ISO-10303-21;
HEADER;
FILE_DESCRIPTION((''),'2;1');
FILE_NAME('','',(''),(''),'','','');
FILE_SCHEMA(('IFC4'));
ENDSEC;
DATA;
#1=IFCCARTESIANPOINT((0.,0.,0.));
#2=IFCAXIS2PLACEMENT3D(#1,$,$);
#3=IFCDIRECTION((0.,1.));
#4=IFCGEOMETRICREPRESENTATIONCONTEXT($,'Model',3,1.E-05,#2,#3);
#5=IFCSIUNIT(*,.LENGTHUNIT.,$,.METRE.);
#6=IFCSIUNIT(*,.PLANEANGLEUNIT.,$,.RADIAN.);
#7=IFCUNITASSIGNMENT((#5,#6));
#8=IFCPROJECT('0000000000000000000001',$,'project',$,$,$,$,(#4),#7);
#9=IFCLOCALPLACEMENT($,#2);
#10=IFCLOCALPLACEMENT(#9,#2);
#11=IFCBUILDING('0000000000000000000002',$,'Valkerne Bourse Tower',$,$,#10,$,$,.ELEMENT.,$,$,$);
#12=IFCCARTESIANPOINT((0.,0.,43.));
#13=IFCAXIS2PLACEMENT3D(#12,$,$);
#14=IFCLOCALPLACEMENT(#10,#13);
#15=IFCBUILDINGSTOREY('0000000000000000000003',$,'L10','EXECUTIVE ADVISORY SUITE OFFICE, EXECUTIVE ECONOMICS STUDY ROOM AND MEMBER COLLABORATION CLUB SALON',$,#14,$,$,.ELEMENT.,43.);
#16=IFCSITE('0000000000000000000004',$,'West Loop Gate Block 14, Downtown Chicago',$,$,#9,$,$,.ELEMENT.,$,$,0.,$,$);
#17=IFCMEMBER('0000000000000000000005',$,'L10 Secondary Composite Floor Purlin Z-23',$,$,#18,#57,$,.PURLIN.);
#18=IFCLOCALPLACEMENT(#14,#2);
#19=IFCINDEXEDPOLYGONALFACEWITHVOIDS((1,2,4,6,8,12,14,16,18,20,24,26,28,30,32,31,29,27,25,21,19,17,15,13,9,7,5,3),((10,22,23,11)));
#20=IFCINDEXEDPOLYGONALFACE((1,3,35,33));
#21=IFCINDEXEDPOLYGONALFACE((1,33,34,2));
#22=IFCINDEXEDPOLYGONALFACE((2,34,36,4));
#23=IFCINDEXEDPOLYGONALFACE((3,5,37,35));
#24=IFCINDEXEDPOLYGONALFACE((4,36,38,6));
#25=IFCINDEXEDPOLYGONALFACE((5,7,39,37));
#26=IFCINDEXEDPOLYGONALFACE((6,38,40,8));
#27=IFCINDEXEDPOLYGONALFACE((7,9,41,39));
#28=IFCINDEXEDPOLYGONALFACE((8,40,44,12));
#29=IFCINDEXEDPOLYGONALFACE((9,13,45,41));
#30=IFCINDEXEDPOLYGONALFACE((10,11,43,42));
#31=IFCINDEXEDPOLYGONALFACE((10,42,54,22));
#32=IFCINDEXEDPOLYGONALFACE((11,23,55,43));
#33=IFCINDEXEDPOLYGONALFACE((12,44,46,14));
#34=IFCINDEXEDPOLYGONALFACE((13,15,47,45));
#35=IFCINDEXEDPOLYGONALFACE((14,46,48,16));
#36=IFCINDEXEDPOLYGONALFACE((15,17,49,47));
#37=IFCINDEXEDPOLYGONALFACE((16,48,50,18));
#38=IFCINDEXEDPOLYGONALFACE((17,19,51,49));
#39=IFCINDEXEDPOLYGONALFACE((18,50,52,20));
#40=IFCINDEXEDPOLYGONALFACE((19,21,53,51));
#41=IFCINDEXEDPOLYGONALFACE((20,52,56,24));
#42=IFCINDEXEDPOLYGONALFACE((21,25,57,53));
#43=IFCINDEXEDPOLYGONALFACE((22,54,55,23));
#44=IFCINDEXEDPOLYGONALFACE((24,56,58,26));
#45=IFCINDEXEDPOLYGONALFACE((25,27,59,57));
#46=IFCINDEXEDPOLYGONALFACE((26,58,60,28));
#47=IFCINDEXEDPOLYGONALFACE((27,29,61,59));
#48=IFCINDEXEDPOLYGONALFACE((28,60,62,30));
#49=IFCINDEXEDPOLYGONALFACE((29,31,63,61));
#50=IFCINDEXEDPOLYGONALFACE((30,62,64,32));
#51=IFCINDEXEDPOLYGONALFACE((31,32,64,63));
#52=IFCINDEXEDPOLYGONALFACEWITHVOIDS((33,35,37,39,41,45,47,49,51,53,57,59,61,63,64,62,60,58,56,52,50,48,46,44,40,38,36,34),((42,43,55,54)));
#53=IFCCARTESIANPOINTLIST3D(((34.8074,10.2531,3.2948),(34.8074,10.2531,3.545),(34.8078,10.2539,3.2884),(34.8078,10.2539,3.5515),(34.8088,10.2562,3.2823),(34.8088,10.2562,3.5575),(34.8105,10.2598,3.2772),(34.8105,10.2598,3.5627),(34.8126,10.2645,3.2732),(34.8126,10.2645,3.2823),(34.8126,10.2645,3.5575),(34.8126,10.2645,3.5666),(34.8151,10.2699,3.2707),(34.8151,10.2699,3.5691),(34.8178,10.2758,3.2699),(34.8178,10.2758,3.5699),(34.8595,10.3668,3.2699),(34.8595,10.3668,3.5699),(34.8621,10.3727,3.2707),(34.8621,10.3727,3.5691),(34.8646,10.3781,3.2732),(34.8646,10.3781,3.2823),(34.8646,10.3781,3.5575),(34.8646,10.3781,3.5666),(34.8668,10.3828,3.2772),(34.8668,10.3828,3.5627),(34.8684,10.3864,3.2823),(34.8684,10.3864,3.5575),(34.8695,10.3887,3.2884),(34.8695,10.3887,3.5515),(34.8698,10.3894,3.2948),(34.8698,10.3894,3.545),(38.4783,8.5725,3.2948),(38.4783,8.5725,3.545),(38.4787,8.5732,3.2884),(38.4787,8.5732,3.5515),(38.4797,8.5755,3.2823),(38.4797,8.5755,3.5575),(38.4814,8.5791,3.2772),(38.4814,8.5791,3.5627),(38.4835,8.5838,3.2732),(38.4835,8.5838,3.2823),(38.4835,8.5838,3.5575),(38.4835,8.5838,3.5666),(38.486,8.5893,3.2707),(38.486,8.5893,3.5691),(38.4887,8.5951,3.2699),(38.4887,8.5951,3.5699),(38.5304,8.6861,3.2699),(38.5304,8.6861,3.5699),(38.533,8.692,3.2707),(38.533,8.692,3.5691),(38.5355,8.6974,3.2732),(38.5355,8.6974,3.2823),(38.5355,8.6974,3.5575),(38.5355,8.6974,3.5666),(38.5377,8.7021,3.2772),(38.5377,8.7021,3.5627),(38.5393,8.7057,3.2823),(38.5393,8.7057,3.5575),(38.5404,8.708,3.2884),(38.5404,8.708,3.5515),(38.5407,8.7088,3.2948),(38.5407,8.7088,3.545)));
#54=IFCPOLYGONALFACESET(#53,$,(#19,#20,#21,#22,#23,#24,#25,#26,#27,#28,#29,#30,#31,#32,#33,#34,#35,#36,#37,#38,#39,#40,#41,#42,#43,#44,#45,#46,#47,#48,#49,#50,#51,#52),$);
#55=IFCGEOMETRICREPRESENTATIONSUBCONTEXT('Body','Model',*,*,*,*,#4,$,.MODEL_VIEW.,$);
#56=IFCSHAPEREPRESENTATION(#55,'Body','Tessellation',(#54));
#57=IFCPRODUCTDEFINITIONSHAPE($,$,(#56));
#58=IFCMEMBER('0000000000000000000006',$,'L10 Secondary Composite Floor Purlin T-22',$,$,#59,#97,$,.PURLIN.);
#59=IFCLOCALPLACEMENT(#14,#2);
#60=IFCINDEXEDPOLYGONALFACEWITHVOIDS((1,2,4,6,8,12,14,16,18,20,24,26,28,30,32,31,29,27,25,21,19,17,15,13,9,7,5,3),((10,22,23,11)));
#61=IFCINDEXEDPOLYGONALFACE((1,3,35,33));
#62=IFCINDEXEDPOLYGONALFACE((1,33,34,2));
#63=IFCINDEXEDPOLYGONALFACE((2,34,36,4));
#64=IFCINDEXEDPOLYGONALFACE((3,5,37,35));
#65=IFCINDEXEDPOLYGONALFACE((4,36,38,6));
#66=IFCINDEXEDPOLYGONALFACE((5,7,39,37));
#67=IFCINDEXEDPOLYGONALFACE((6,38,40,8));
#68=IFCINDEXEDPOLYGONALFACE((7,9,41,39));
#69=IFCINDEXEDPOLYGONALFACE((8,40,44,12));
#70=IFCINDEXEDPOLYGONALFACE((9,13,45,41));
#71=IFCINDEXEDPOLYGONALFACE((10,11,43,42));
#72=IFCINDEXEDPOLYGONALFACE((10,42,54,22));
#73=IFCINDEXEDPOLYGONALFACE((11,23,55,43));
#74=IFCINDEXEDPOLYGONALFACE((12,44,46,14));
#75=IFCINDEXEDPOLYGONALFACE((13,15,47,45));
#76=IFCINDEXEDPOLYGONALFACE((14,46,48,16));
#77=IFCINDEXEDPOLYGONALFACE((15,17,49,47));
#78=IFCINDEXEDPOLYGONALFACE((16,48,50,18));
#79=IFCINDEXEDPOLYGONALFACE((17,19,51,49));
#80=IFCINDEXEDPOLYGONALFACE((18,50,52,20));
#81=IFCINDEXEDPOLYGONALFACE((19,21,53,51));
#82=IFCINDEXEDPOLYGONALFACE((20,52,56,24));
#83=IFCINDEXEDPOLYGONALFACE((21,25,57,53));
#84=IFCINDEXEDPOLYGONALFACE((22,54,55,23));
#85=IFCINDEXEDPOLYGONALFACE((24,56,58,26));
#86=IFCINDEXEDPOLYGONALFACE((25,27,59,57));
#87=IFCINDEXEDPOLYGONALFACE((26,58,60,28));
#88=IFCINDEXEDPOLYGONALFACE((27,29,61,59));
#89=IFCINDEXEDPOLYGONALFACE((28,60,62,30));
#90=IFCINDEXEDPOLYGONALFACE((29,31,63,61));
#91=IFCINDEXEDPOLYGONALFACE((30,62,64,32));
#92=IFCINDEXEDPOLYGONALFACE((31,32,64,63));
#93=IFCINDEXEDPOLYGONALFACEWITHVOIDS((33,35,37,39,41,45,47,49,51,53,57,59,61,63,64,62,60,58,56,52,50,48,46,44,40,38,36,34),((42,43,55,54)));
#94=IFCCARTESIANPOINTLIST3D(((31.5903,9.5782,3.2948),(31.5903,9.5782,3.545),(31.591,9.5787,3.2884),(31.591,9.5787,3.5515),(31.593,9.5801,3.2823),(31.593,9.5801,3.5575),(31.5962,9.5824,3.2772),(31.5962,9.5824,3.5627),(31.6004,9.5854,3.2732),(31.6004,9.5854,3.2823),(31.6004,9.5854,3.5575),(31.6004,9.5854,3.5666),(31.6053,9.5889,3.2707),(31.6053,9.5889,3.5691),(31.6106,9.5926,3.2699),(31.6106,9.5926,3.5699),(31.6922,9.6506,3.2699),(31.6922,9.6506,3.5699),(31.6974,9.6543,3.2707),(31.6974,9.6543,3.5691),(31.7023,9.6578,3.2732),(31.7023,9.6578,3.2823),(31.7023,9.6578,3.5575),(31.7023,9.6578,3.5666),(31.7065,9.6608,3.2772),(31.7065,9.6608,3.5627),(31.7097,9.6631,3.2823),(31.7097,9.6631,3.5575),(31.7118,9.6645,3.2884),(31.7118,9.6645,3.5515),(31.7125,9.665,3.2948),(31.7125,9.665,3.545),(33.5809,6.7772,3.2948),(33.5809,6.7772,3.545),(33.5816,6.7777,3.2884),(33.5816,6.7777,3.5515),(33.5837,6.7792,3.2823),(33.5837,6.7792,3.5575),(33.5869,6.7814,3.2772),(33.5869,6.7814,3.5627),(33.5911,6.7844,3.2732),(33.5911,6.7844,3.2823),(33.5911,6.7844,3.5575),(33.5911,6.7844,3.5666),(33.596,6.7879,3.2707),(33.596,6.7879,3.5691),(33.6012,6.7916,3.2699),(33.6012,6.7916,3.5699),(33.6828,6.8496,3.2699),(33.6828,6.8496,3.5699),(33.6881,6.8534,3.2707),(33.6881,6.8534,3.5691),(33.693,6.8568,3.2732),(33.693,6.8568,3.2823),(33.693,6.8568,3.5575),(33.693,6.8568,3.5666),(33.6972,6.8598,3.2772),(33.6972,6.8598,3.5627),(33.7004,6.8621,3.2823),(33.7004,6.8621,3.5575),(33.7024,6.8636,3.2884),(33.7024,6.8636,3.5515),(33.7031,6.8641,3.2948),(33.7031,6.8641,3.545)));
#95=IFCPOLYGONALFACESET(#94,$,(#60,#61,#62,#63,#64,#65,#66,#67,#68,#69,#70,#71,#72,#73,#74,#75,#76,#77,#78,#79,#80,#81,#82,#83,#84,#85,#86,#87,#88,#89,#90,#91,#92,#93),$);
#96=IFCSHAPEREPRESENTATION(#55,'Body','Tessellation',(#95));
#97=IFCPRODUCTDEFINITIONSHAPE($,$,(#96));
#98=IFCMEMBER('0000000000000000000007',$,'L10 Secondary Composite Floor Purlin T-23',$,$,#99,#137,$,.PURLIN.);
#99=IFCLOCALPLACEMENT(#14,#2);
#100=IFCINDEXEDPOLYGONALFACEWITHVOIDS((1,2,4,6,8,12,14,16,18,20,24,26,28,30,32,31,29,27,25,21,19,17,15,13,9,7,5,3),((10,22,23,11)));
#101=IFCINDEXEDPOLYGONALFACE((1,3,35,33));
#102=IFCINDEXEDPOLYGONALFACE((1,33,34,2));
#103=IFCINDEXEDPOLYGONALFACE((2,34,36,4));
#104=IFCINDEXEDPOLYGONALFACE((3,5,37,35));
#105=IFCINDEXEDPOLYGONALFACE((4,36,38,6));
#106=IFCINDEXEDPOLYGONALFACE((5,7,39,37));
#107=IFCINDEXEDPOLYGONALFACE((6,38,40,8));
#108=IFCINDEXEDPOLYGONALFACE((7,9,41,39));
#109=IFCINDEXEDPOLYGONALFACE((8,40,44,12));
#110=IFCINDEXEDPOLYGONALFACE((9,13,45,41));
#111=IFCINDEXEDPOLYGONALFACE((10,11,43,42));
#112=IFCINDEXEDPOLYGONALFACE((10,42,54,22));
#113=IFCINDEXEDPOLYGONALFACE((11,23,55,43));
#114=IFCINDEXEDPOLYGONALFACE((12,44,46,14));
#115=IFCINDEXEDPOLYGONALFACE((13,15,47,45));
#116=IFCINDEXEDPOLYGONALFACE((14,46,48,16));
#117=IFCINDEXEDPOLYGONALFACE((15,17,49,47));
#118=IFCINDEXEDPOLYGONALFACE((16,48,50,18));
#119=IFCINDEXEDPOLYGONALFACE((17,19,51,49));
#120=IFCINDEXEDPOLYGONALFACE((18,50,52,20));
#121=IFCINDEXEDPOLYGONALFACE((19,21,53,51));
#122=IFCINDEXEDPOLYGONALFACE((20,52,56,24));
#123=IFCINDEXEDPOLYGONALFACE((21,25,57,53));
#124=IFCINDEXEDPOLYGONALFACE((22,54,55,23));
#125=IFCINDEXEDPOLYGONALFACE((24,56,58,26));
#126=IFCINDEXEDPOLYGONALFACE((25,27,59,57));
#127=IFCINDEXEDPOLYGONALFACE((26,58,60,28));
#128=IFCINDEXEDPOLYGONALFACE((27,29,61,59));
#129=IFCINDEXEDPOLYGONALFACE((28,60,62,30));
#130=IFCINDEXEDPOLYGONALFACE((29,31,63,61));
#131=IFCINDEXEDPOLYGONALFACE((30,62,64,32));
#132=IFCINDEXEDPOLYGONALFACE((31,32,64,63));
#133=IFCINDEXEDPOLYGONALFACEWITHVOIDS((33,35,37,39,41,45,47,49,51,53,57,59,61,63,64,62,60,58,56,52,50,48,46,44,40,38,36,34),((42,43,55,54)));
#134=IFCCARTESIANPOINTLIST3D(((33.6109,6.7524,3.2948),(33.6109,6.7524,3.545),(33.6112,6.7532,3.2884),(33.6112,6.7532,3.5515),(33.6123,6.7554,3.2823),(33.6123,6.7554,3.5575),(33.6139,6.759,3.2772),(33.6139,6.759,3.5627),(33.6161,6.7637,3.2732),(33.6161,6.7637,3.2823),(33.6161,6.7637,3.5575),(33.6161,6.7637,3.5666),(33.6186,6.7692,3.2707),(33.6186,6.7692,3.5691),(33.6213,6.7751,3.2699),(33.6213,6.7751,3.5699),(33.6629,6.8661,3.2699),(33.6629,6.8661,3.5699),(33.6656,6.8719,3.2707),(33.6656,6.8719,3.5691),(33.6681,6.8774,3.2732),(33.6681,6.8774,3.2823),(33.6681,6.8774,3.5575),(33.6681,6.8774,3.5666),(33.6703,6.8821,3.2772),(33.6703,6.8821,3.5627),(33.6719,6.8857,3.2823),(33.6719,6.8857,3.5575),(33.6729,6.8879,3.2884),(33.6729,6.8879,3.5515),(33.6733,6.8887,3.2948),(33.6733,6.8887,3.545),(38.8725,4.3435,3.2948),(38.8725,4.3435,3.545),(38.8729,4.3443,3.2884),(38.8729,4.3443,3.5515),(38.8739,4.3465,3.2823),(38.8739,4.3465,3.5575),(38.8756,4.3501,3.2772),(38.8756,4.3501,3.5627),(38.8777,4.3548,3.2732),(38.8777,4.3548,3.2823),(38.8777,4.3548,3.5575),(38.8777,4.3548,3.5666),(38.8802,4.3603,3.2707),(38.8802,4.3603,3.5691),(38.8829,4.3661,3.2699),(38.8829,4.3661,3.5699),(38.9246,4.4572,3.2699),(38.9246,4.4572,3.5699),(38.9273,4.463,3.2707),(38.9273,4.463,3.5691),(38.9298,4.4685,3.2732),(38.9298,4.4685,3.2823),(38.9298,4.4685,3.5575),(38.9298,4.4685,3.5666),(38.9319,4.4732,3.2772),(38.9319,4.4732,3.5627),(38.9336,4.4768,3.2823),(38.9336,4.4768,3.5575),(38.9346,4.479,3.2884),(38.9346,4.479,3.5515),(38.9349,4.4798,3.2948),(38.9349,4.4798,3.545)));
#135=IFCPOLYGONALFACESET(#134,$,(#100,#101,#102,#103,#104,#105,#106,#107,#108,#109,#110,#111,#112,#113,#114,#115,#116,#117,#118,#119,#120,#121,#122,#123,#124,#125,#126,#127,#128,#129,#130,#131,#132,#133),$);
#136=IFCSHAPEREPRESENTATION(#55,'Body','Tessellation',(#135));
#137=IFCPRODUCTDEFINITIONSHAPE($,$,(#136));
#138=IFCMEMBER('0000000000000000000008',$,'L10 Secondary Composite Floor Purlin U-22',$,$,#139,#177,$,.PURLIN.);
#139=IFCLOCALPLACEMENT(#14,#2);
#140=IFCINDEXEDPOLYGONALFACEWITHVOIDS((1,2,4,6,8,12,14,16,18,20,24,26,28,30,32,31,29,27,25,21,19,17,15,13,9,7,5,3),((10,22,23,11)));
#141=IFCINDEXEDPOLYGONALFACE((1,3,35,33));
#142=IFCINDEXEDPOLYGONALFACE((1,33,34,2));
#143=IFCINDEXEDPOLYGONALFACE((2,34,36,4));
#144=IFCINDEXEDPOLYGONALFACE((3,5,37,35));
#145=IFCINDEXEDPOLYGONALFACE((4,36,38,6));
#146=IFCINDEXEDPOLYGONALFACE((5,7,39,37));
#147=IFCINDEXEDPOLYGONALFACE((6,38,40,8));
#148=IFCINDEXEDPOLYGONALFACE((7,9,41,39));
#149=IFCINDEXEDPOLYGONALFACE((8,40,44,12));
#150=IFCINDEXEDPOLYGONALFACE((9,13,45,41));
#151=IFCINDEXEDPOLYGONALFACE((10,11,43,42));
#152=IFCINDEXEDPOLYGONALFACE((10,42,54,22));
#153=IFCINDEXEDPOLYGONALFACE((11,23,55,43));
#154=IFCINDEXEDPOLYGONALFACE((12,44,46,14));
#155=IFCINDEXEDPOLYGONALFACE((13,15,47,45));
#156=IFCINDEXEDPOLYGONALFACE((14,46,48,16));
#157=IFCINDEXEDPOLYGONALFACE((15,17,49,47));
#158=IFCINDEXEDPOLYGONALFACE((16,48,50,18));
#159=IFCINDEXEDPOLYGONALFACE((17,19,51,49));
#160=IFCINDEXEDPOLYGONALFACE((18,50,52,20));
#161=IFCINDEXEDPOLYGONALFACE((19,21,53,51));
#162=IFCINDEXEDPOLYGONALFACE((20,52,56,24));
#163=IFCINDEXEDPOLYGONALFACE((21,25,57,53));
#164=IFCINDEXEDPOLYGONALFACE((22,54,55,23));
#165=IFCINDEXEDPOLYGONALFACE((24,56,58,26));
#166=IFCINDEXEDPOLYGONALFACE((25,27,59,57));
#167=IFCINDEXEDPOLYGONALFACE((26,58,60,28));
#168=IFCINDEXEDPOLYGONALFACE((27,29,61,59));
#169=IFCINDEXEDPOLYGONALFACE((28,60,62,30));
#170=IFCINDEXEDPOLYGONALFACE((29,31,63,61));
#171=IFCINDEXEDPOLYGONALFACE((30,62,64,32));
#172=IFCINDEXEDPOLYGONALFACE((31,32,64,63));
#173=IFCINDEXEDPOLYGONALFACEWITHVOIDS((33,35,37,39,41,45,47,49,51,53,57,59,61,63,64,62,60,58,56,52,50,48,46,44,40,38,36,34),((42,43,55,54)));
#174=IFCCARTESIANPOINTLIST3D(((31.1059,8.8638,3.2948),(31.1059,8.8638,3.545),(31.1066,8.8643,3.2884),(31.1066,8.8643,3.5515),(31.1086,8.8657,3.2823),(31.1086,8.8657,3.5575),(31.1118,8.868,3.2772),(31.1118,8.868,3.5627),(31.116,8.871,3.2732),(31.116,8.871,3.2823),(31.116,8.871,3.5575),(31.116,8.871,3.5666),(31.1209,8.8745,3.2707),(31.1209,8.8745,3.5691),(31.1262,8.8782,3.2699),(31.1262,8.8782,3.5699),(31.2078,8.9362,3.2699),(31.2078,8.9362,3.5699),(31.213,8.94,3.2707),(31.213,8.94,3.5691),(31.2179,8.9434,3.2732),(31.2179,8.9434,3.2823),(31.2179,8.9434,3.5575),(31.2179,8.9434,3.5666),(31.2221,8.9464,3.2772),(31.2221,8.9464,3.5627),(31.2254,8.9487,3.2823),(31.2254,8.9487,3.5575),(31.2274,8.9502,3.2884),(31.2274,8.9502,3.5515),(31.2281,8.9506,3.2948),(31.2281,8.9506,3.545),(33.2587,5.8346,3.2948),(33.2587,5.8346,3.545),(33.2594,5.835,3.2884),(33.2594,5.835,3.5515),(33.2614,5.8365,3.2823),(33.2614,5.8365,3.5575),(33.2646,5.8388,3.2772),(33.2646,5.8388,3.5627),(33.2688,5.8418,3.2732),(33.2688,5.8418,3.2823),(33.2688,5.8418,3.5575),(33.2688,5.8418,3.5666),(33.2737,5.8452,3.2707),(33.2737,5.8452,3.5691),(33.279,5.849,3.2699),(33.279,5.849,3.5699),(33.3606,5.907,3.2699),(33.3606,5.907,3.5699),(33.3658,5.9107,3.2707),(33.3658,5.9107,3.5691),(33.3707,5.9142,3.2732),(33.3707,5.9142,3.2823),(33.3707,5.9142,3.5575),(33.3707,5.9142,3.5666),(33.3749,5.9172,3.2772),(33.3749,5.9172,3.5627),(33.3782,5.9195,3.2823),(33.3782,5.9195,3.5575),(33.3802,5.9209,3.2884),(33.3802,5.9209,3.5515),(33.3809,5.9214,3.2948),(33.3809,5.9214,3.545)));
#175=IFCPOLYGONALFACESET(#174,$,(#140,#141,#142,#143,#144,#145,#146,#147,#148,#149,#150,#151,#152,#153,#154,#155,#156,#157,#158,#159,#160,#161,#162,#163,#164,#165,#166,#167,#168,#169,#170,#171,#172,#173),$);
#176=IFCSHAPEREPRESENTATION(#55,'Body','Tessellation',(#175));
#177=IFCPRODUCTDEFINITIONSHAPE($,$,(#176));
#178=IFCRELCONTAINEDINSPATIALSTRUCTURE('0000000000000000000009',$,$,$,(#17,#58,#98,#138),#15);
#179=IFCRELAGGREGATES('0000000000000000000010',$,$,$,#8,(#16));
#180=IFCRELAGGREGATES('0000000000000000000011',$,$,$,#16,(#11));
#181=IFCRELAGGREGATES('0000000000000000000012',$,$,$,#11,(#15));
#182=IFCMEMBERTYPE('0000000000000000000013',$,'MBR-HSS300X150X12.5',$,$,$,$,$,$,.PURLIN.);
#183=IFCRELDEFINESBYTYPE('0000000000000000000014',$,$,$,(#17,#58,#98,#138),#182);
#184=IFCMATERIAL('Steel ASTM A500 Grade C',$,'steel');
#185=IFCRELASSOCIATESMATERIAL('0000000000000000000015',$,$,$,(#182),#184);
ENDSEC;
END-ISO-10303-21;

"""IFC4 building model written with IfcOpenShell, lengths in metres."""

from ifc_helpers import new_model, si_unit, direction, frame, origin, origin_2d, place, context, subcontext, project, spatial, hollow_rectangle, extrude, material, material_profile, profile_set, type_object, element, save


model = new_model("IFC4")

# Units and contexts
model_context = context("Model", 3, precision=1e-05, world=origin(), true_north=direction((0.0, 1.0)))
body_context = subcontext(model_context, "Body", "Model", "MODEL_VIEW")
ifc_project = project(units=[si_unit("LENGTHUNIT", "METRE"), si_unit("PLANEANGLEUNIT", "RADIAN")], contexts=[model_context])

# Site, building, storey
site_placement = place(None, origin())
site = spatial("IfcSite", under=ifc_project, at=site_placement, Name="West Loop Gate Block 14, Downtown Chicago", CompositionType="ELEMENT", RefElevation=0.0)
building_placement = place(site_placement, origin())
building = spatial("IfcBuilding", under=site, at=building_placement, Name="Valkerne Bourse Tower", CompositionType="ELEMENT")
storey_placement = place(building_placement, frame((0.0, 0.0, 43.0)))
storey = spatial("IfcBuildingStorey", under=building, at=storey_placement, Name="L10", Description="EXECUTIVE ADVISORY SUITE OFFICE, EXECUTIVE ECONOMICS STUDY ROOM AND MEMBER COLLABORATION CLUB SALON", CompositionType="ELEMENT", Elevation=43.0)

# Members
ifc_material_1 = material(Name="Steel ASTM A500 Grade C", Category="steel")
ifc_material_profile_1 = material_profile(ifc_material_1, hollow_rectangle(XDim=0.1499, YDim=0.3, WallThickness=0.0125, OuterFilletRadius=0.0249, at=origin_2d()), Name="HSS300X150X12.5")
ifc_profile_set_1 = profile_set([ifc_material_profile_1], Name="Steel ASTM A500 Grade C")
member_type_1 = type_object("IfcMemberType", Name="MBR-HSS300X150X12.5", PredefinedType="PURLIN", material=ifc_profile_set_1)
member_1_placement = place(storey_placement, frame((34.8386, 10.3213, 3.4199), z_axis=(0.909237, -0.41628, 0.0), x_axis=(0.41628, 0.909237, 0.0)))
element("IfcMember", 1, at=member_1_placement, inside=storey, type_object=member_type_1, Name="L10 Secondary Composite Floor Purlin Z-23", PredefinedType="PURLIN", context=body_context, shape_type="SweptSolid", body=[
    extrude(hollow_rectangle(XDim=0.1499, YDim=0.3, WallThickness=0.0125, OuterFilletRadius=0.0249, at=origin_2d()), origin(), (0.0, 0.0, 1.0), 4.0374),
])
member_2_placement = place(storey_placement, frame((31.6514, 9.6216, 3.4199), z_axis=(0.579308, -0.815109, 0.0), x_axis=(0.815109, 0.579308, 0.0)))
element("IfcMember", 2, at=member_2_placement, inside=storey, type_object=member_type_1, Name="L10 Secondary Composite Floor Purlin T-22", PredefinedType="PURLIN", context=body_context, shape_type="SweptSolid", body=[
    extrude(hollow_rectangle(XDim=0.1499, YDim=0.3, WallThickness=0.0125, OuterFilletRadius=0.0249, at=origin_2d()), origin(), (0.0, 0.0, 1.0), 3.4363),
])
member_3_placement = place(storey_placement, frame((33.6421, 6.8206, 3.4199), z_axis=(0.909241, -0.416271, 0.0), x_axis=(0.416271, 0.909241, 0.0)))
element("IfcMember", 3, at=member_3_placement, inside=storey, type_object=member_type_1, Name="L10 Secondary Composite Floor Purlin T-23", PredefinedType="PURLIN", context=body_context, shape_type="SweptSolid", body=[
    extrude(hollow_rectangle(XDim=0.1499, YDim=0.3, WallThickness=0.0125, OuterFilletRadius=0.0249, at=origin_2d()), origin(), (0.0, 0.0, 1.0), 5.7869),
])
member_4_placement = place(storey_placement, frame((31.167, 8.9072, 3.4199), z_axis=(0.579285, -0.815125, 0.0), x_axis=(0.815125, 0.579285, 0.0)))
element("IfcMember", 4, at=member_4_placement, inside=storey, type_object=member_type_1, Name="L10 Secondary Composite Floor Purlin U-22", PredefinedType="PURLIN", context=body_context, shape_type="SweptSolid", body=[
    extrude(hollow_rectangle(XDim=0.1499, YDim=0.3, WallThickness=0.0125, OuterFilletRadius=0.0249, at=origin_2d()), origin(), (0.0, 0.0, 1.0), 3.7163),
])

save(model, "model.ifc")
